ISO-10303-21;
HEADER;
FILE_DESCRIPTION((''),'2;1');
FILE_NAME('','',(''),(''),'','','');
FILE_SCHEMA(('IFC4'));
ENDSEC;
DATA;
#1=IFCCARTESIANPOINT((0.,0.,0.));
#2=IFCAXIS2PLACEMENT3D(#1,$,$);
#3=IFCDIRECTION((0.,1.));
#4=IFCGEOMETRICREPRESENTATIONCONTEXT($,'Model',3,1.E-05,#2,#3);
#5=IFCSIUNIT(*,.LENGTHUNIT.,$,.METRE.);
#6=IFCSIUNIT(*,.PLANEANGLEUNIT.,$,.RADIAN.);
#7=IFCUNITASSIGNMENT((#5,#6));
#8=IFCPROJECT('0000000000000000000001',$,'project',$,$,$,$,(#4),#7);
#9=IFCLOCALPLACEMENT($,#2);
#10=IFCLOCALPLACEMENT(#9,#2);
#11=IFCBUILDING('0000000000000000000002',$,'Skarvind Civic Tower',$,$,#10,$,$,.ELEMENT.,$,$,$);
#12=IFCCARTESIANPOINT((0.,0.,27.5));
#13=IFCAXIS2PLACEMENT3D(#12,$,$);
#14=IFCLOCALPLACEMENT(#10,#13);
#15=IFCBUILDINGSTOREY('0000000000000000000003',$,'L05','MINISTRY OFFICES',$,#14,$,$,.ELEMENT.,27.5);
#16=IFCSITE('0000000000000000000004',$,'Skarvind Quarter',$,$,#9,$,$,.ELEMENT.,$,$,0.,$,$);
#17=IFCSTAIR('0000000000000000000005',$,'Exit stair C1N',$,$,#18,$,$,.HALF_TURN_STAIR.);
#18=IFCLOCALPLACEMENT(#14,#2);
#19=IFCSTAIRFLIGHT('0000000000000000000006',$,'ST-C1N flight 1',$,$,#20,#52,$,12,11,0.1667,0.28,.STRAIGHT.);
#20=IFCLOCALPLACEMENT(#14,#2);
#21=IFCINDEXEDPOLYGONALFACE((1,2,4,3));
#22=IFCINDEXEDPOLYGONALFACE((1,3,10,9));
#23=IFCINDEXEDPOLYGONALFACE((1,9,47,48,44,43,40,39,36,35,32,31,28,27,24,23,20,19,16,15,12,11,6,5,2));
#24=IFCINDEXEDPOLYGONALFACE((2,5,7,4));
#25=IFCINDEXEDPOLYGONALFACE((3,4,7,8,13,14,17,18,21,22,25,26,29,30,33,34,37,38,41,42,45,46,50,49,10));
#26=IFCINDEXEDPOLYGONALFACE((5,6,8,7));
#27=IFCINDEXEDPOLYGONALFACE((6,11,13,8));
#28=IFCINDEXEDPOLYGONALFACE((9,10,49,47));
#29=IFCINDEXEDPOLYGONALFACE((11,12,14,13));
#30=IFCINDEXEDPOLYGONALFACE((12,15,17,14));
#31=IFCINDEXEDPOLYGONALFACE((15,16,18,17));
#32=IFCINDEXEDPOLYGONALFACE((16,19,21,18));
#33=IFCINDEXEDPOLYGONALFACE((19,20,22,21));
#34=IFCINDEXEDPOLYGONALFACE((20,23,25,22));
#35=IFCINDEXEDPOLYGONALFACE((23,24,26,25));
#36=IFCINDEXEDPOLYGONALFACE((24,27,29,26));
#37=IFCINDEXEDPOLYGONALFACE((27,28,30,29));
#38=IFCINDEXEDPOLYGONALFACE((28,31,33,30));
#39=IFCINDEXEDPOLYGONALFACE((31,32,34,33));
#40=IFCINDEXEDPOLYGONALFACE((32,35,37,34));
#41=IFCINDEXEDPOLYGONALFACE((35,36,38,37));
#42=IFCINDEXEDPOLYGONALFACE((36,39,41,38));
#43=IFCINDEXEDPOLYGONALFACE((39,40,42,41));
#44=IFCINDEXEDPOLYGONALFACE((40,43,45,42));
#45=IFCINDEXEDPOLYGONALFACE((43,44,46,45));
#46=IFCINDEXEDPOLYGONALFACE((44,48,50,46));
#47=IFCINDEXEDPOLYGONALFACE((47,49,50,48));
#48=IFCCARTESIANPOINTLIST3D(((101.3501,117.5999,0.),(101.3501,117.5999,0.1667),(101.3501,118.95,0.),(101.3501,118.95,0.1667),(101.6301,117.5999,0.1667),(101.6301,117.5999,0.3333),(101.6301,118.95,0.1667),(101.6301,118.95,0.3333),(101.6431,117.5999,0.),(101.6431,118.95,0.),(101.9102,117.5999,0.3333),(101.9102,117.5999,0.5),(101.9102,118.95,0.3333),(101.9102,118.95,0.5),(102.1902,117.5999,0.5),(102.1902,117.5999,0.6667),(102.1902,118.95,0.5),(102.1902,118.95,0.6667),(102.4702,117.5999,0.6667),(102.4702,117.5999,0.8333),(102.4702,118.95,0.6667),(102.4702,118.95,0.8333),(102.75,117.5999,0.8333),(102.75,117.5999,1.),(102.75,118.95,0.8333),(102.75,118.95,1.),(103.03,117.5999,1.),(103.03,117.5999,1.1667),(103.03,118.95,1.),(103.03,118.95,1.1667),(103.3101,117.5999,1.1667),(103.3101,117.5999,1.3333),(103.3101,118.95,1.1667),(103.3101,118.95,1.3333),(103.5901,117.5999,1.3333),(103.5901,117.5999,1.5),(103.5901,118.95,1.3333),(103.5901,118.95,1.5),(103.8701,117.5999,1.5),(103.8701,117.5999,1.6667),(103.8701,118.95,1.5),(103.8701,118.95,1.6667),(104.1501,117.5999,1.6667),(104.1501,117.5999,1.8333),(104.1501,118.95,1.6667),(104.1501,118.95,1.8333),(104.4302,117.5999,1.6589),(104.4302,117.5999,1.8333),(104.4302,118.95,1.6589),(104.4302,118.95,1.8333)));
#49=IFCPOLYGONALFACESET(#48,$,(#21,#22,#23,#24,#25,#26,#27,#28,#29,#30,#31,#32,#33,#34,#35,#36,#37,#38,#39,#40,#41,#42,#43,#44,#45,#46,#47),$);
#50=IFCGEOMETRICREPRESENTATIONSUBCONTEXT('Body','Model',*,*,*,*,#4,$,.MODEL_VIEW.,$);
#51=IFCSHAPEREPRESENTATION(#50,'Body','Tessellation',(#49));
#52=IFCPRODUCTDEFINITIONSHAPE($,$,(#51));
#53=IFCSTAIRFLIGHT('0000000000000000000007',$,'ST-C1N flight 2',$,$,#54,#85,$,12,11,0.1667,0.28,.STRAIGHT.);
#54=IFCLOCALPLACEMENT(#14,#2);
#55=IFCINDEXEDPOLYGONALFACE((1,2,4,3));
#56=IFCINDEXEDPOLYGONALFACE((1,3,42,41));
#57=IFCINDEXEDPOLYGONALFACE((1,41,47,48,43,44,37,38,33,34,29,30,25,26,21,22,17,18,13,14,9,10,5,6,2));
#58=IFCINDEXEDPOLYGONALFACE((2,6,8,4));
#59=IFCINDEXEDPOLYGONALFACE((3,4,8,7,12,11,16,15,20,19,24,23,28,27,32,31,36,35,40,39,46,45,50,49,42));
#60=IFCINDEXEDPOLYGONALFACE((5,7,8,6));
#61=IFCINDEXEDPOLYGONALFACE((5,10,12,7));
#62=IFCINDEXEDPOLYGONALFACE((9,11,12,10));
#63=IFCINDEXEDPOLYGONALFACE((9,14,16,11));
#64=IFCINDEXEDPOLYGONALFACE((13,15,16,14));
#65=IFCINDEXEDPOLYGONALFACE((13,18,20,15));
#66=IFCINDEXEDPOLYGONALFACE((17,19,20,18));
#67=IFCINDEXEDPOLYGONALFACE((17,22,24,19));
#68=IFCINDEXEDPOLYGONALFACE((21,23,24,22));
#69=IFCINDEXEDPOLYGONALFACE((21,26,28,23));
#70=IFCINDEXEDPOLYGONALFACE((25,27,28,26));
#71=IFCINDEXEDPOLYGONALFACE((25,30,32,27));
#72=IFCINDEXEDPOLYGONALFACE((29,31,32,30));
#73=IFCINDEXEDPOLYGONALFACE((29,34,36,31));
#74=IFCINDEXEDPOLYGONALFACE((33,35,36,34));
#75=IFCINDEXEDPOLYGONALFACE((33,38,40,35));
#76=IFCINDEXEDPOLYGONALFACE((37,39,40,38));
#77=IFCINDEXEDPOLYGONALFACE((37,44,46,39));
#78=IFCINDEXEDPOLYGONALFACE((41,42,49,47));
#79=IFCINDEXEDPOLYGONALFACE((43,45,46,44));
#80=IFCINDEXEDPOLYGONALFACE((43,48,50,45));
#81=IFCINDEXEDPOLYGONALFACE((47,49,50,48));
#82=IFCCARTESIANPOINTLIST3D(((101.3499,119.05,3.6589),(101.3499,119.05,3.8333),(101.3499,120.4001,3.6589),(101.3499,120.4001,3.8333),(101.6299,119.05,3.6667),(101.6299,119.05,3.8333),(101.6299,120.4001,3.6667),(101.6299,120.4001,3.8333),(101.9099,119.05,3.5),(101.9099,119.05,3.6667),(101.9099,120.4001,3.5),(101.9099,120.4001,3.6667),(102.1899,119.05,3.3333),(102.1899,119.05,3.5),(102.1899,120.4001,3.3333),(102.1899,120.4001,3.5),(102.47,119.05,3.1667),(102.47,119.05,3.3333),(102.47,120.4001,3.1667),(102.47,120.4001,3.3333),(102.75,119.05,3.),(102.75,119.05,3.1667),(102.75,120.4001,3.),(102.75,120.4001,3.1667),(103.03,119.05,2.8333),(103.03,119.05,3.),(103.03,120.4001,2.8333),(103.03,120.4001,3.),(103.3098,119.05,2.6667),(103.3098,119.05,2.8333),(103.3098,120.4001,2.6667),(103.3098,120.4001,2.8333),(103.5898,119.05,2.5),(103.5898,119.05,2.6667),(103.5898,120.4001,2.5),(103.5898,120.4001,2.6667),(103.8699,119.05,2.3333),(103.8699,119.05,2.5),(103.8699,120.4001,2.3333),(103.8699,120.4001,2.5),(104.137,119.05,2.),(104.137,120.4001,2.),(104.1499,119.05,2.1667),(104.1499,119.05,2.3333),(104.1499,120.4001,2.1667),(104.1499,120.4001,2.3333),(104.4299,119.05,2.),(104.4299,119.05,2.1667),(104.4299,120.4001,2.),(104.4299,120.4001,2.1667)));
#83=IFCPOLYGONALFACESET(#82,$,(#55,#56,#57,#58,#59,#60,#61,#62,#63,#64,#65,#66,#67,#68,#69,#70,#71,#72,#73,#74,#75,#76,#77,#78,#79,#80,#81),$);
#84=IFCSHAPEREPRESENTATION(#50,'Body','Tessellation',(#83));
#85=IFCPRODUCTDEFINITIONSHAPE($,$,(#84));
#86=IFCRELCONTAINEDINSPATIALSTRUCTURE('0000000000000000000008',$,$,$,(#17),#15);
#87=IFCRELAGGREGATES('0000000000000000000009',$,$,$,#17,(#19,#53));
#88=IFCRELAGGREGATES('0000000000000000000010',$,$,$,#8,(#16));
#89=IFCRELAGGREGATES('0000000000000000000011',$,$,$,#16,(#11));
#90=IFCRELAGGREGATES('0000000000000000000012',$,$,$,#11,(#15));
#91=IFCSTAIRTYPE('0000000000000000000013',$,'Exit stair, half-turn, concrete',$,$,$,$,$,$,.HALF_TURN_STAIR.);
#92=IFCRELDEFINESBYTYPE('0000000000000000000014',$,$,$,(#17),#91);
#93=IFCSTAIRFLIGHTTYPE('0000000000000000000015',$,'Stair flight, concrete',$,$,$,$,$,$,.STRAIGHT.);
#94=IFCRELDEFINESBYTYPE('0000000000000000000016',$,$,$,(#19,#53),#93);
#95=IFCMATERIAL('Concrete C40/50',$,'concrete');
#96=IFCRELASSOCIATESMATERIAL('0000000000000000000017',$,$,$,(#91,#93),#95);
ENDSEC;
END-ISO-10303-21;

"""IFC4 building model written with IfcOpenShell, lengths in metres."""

from ifc_helpers import new_model, si_unit, direction, frame, origin, place, context, subcontext, project, spatial, polyline, outline, extrude, material, type_object, element, aggregate, save


model = new_model("IFC4")

# Units and contexts
model_context = context("Model", 3, precision=1e-05, world=origin(), true_north=direction((0.0, 1.0)))
body_context = subcontext(model_context, "Body", "Model", "MODEL_VIEW")
ifc_project = project(units=[si_unit("LENGTHUNIT", "METRE"), si_unit("PLANEANGLEUNIT", "RADIAN")], contexts=[model_context])

# Site, building, storey
site_placement = place(None, origin())
site = spatial("IfcSite", under=ifc_project, at=site_placement, Name="Skarvind Quarter", CompositionType="ELEMENT", RefElevation=0.0)
building_placement = place(site_placement, origin())
building = spatial("IfcBuilding", under=site, at=building_placement, Name="Skarvind Civic Tower", CompositionType="ELEMENT")
storey_placement = place(building_placement, frame((0.0, 0.0, 27.5)))
storey = spatial("IfcBuildingStorey", under=building, at=storey_placement, Name="L05", Description="MINISTRY OFFICES", CompositionType="ELEMENT", Elevation=27.5)

# Stair, stair flights
ifc_material_1 = material(Name="Concrete C40/50", Category="concrete")
stair_type = type_object("IfcStairType", Name="Exit stair, half-turn, concrete", PredefinedType="HALF_TURN_STAIR", material=ifc_material_1)
stair_placement = place(storey_placement, origin())
stair = element("IfcStair", 1, at=stair_placement, inside=storey, type_object=stair_type, Name="Exit stair C1N", PredefinedType="HALF_TURN_STAIR")
stair_flight_type = type_object("IfcStairFlightType", Name="Stair flight, concrete", PredefinedType="STRAIGHT", material=ifc_material_1)
stair_flight_1_placement = place(storey_placement, frame((101.3501, 118.2749, 0.0), z_axis=(0.0, 0.0, 1.0), x_axis=(1.0, 0.0, 0.0)))
stair_flight_1 = element("IfcStairFlight", 2, at=stair_flight_1_placement, type_object=stair_flight_type, Name="ST-C1N flight 1", NumberOfRisers=12, NumberOfTreads=11, PredefinedType="STRAIGHT", RiserHeight=0.1667, TreadLength=0.28, context=body_context, shape_type="SweptSolid", body=[
    extrude(outline(polyline([(0.0, 0.0), (0.0, 0.1667), (0.28, 0.1667), (0.28, 0.3333), (0.5601, 0.3333), (0.5601, 0.5), (0.8401, 0.5), (0.8401, 0.6667), (1.1201, 0.6667), (1.1201, 0.8333), (1.3999, 0.8333), (1.3999, 1.0), (1.6799, 1.0), (1.6799, 1.1667), (1.96, 1.1667), (1.96, 1.3333), (2.24, 1.3333), (2.24, 1.5), (2.52, 1.5), (2.52, 1.6667), (2.8, 1.6667), (2.8, 1.8333), (3.0801, 1.8333), (3.0801, 2.0), (3.0801, 1.6589), (0.293, 0.0), (0.0, 0.0)])), frame((0.0, 0.675, 0.0), z_axis=(0.0, -1.0, 0.0), x_axis=(1.0, 0.0, 0.0)), (0.0, 0.0, 1.0), 1.3501),
])
stair_flight_2_placement = place(storey_placement, frame((104.4299, 119.7251, 2.0), z_axis=(0.0, 0.0, 1.0), x_axis=(-1.0, 0.0, 0.0)))
stair_flight_2 = element("IfcStairFlight", 3, at=stair_flight_2_placement, type_object=stair_flight_type, Name="ST-C1N flight 2", NumberOfRisers=12, NumberOfTreads=11, PredefinedType="STRAIGHT", RiserHeight=0.1667, TreadLength=0.28, context=body_context, shape_type="SweptSolid", body=[
    extrude(outline(polyline([(0.0, 0.0), (0.0, 0.1667), (0.28, 0.1667), (0.28, 0.3333), (0.5601, 0.3333), (0.5601, 0.5), (0.8401, 0.5), (0.8401, 0.6667), (1.1201, 0.6667), (1.1201, 0.8333), (1.3999, 0.8333), (1.3999, 1.0), (1.6799, 1.0), (1.6799, 1.1667), (1.96, 1.1667), (1.96, 1.3333), (2.24, 1.3333), (2.24, 1.5), (2.52, 1.5), (2.52, 1.6667), (2.8, 1.6667), (2.8, 1.8333), (3.0801, 1.8333), (3.0801, 2.0), (3.0801, 1.6589), (0.293, 0.0), (0.0, 0.0)])), frame((0.0, 0.675, 0.0), z_axis=(0.0, -1.0, 0.0), x_axis=(1.0, 0.0, 0.0)), (0.0, 0.0, 1.0), 1.3501),
])
aggregate(stair, [stair_flight_1, stair_flight_2])

save(model, "model.ifc")
